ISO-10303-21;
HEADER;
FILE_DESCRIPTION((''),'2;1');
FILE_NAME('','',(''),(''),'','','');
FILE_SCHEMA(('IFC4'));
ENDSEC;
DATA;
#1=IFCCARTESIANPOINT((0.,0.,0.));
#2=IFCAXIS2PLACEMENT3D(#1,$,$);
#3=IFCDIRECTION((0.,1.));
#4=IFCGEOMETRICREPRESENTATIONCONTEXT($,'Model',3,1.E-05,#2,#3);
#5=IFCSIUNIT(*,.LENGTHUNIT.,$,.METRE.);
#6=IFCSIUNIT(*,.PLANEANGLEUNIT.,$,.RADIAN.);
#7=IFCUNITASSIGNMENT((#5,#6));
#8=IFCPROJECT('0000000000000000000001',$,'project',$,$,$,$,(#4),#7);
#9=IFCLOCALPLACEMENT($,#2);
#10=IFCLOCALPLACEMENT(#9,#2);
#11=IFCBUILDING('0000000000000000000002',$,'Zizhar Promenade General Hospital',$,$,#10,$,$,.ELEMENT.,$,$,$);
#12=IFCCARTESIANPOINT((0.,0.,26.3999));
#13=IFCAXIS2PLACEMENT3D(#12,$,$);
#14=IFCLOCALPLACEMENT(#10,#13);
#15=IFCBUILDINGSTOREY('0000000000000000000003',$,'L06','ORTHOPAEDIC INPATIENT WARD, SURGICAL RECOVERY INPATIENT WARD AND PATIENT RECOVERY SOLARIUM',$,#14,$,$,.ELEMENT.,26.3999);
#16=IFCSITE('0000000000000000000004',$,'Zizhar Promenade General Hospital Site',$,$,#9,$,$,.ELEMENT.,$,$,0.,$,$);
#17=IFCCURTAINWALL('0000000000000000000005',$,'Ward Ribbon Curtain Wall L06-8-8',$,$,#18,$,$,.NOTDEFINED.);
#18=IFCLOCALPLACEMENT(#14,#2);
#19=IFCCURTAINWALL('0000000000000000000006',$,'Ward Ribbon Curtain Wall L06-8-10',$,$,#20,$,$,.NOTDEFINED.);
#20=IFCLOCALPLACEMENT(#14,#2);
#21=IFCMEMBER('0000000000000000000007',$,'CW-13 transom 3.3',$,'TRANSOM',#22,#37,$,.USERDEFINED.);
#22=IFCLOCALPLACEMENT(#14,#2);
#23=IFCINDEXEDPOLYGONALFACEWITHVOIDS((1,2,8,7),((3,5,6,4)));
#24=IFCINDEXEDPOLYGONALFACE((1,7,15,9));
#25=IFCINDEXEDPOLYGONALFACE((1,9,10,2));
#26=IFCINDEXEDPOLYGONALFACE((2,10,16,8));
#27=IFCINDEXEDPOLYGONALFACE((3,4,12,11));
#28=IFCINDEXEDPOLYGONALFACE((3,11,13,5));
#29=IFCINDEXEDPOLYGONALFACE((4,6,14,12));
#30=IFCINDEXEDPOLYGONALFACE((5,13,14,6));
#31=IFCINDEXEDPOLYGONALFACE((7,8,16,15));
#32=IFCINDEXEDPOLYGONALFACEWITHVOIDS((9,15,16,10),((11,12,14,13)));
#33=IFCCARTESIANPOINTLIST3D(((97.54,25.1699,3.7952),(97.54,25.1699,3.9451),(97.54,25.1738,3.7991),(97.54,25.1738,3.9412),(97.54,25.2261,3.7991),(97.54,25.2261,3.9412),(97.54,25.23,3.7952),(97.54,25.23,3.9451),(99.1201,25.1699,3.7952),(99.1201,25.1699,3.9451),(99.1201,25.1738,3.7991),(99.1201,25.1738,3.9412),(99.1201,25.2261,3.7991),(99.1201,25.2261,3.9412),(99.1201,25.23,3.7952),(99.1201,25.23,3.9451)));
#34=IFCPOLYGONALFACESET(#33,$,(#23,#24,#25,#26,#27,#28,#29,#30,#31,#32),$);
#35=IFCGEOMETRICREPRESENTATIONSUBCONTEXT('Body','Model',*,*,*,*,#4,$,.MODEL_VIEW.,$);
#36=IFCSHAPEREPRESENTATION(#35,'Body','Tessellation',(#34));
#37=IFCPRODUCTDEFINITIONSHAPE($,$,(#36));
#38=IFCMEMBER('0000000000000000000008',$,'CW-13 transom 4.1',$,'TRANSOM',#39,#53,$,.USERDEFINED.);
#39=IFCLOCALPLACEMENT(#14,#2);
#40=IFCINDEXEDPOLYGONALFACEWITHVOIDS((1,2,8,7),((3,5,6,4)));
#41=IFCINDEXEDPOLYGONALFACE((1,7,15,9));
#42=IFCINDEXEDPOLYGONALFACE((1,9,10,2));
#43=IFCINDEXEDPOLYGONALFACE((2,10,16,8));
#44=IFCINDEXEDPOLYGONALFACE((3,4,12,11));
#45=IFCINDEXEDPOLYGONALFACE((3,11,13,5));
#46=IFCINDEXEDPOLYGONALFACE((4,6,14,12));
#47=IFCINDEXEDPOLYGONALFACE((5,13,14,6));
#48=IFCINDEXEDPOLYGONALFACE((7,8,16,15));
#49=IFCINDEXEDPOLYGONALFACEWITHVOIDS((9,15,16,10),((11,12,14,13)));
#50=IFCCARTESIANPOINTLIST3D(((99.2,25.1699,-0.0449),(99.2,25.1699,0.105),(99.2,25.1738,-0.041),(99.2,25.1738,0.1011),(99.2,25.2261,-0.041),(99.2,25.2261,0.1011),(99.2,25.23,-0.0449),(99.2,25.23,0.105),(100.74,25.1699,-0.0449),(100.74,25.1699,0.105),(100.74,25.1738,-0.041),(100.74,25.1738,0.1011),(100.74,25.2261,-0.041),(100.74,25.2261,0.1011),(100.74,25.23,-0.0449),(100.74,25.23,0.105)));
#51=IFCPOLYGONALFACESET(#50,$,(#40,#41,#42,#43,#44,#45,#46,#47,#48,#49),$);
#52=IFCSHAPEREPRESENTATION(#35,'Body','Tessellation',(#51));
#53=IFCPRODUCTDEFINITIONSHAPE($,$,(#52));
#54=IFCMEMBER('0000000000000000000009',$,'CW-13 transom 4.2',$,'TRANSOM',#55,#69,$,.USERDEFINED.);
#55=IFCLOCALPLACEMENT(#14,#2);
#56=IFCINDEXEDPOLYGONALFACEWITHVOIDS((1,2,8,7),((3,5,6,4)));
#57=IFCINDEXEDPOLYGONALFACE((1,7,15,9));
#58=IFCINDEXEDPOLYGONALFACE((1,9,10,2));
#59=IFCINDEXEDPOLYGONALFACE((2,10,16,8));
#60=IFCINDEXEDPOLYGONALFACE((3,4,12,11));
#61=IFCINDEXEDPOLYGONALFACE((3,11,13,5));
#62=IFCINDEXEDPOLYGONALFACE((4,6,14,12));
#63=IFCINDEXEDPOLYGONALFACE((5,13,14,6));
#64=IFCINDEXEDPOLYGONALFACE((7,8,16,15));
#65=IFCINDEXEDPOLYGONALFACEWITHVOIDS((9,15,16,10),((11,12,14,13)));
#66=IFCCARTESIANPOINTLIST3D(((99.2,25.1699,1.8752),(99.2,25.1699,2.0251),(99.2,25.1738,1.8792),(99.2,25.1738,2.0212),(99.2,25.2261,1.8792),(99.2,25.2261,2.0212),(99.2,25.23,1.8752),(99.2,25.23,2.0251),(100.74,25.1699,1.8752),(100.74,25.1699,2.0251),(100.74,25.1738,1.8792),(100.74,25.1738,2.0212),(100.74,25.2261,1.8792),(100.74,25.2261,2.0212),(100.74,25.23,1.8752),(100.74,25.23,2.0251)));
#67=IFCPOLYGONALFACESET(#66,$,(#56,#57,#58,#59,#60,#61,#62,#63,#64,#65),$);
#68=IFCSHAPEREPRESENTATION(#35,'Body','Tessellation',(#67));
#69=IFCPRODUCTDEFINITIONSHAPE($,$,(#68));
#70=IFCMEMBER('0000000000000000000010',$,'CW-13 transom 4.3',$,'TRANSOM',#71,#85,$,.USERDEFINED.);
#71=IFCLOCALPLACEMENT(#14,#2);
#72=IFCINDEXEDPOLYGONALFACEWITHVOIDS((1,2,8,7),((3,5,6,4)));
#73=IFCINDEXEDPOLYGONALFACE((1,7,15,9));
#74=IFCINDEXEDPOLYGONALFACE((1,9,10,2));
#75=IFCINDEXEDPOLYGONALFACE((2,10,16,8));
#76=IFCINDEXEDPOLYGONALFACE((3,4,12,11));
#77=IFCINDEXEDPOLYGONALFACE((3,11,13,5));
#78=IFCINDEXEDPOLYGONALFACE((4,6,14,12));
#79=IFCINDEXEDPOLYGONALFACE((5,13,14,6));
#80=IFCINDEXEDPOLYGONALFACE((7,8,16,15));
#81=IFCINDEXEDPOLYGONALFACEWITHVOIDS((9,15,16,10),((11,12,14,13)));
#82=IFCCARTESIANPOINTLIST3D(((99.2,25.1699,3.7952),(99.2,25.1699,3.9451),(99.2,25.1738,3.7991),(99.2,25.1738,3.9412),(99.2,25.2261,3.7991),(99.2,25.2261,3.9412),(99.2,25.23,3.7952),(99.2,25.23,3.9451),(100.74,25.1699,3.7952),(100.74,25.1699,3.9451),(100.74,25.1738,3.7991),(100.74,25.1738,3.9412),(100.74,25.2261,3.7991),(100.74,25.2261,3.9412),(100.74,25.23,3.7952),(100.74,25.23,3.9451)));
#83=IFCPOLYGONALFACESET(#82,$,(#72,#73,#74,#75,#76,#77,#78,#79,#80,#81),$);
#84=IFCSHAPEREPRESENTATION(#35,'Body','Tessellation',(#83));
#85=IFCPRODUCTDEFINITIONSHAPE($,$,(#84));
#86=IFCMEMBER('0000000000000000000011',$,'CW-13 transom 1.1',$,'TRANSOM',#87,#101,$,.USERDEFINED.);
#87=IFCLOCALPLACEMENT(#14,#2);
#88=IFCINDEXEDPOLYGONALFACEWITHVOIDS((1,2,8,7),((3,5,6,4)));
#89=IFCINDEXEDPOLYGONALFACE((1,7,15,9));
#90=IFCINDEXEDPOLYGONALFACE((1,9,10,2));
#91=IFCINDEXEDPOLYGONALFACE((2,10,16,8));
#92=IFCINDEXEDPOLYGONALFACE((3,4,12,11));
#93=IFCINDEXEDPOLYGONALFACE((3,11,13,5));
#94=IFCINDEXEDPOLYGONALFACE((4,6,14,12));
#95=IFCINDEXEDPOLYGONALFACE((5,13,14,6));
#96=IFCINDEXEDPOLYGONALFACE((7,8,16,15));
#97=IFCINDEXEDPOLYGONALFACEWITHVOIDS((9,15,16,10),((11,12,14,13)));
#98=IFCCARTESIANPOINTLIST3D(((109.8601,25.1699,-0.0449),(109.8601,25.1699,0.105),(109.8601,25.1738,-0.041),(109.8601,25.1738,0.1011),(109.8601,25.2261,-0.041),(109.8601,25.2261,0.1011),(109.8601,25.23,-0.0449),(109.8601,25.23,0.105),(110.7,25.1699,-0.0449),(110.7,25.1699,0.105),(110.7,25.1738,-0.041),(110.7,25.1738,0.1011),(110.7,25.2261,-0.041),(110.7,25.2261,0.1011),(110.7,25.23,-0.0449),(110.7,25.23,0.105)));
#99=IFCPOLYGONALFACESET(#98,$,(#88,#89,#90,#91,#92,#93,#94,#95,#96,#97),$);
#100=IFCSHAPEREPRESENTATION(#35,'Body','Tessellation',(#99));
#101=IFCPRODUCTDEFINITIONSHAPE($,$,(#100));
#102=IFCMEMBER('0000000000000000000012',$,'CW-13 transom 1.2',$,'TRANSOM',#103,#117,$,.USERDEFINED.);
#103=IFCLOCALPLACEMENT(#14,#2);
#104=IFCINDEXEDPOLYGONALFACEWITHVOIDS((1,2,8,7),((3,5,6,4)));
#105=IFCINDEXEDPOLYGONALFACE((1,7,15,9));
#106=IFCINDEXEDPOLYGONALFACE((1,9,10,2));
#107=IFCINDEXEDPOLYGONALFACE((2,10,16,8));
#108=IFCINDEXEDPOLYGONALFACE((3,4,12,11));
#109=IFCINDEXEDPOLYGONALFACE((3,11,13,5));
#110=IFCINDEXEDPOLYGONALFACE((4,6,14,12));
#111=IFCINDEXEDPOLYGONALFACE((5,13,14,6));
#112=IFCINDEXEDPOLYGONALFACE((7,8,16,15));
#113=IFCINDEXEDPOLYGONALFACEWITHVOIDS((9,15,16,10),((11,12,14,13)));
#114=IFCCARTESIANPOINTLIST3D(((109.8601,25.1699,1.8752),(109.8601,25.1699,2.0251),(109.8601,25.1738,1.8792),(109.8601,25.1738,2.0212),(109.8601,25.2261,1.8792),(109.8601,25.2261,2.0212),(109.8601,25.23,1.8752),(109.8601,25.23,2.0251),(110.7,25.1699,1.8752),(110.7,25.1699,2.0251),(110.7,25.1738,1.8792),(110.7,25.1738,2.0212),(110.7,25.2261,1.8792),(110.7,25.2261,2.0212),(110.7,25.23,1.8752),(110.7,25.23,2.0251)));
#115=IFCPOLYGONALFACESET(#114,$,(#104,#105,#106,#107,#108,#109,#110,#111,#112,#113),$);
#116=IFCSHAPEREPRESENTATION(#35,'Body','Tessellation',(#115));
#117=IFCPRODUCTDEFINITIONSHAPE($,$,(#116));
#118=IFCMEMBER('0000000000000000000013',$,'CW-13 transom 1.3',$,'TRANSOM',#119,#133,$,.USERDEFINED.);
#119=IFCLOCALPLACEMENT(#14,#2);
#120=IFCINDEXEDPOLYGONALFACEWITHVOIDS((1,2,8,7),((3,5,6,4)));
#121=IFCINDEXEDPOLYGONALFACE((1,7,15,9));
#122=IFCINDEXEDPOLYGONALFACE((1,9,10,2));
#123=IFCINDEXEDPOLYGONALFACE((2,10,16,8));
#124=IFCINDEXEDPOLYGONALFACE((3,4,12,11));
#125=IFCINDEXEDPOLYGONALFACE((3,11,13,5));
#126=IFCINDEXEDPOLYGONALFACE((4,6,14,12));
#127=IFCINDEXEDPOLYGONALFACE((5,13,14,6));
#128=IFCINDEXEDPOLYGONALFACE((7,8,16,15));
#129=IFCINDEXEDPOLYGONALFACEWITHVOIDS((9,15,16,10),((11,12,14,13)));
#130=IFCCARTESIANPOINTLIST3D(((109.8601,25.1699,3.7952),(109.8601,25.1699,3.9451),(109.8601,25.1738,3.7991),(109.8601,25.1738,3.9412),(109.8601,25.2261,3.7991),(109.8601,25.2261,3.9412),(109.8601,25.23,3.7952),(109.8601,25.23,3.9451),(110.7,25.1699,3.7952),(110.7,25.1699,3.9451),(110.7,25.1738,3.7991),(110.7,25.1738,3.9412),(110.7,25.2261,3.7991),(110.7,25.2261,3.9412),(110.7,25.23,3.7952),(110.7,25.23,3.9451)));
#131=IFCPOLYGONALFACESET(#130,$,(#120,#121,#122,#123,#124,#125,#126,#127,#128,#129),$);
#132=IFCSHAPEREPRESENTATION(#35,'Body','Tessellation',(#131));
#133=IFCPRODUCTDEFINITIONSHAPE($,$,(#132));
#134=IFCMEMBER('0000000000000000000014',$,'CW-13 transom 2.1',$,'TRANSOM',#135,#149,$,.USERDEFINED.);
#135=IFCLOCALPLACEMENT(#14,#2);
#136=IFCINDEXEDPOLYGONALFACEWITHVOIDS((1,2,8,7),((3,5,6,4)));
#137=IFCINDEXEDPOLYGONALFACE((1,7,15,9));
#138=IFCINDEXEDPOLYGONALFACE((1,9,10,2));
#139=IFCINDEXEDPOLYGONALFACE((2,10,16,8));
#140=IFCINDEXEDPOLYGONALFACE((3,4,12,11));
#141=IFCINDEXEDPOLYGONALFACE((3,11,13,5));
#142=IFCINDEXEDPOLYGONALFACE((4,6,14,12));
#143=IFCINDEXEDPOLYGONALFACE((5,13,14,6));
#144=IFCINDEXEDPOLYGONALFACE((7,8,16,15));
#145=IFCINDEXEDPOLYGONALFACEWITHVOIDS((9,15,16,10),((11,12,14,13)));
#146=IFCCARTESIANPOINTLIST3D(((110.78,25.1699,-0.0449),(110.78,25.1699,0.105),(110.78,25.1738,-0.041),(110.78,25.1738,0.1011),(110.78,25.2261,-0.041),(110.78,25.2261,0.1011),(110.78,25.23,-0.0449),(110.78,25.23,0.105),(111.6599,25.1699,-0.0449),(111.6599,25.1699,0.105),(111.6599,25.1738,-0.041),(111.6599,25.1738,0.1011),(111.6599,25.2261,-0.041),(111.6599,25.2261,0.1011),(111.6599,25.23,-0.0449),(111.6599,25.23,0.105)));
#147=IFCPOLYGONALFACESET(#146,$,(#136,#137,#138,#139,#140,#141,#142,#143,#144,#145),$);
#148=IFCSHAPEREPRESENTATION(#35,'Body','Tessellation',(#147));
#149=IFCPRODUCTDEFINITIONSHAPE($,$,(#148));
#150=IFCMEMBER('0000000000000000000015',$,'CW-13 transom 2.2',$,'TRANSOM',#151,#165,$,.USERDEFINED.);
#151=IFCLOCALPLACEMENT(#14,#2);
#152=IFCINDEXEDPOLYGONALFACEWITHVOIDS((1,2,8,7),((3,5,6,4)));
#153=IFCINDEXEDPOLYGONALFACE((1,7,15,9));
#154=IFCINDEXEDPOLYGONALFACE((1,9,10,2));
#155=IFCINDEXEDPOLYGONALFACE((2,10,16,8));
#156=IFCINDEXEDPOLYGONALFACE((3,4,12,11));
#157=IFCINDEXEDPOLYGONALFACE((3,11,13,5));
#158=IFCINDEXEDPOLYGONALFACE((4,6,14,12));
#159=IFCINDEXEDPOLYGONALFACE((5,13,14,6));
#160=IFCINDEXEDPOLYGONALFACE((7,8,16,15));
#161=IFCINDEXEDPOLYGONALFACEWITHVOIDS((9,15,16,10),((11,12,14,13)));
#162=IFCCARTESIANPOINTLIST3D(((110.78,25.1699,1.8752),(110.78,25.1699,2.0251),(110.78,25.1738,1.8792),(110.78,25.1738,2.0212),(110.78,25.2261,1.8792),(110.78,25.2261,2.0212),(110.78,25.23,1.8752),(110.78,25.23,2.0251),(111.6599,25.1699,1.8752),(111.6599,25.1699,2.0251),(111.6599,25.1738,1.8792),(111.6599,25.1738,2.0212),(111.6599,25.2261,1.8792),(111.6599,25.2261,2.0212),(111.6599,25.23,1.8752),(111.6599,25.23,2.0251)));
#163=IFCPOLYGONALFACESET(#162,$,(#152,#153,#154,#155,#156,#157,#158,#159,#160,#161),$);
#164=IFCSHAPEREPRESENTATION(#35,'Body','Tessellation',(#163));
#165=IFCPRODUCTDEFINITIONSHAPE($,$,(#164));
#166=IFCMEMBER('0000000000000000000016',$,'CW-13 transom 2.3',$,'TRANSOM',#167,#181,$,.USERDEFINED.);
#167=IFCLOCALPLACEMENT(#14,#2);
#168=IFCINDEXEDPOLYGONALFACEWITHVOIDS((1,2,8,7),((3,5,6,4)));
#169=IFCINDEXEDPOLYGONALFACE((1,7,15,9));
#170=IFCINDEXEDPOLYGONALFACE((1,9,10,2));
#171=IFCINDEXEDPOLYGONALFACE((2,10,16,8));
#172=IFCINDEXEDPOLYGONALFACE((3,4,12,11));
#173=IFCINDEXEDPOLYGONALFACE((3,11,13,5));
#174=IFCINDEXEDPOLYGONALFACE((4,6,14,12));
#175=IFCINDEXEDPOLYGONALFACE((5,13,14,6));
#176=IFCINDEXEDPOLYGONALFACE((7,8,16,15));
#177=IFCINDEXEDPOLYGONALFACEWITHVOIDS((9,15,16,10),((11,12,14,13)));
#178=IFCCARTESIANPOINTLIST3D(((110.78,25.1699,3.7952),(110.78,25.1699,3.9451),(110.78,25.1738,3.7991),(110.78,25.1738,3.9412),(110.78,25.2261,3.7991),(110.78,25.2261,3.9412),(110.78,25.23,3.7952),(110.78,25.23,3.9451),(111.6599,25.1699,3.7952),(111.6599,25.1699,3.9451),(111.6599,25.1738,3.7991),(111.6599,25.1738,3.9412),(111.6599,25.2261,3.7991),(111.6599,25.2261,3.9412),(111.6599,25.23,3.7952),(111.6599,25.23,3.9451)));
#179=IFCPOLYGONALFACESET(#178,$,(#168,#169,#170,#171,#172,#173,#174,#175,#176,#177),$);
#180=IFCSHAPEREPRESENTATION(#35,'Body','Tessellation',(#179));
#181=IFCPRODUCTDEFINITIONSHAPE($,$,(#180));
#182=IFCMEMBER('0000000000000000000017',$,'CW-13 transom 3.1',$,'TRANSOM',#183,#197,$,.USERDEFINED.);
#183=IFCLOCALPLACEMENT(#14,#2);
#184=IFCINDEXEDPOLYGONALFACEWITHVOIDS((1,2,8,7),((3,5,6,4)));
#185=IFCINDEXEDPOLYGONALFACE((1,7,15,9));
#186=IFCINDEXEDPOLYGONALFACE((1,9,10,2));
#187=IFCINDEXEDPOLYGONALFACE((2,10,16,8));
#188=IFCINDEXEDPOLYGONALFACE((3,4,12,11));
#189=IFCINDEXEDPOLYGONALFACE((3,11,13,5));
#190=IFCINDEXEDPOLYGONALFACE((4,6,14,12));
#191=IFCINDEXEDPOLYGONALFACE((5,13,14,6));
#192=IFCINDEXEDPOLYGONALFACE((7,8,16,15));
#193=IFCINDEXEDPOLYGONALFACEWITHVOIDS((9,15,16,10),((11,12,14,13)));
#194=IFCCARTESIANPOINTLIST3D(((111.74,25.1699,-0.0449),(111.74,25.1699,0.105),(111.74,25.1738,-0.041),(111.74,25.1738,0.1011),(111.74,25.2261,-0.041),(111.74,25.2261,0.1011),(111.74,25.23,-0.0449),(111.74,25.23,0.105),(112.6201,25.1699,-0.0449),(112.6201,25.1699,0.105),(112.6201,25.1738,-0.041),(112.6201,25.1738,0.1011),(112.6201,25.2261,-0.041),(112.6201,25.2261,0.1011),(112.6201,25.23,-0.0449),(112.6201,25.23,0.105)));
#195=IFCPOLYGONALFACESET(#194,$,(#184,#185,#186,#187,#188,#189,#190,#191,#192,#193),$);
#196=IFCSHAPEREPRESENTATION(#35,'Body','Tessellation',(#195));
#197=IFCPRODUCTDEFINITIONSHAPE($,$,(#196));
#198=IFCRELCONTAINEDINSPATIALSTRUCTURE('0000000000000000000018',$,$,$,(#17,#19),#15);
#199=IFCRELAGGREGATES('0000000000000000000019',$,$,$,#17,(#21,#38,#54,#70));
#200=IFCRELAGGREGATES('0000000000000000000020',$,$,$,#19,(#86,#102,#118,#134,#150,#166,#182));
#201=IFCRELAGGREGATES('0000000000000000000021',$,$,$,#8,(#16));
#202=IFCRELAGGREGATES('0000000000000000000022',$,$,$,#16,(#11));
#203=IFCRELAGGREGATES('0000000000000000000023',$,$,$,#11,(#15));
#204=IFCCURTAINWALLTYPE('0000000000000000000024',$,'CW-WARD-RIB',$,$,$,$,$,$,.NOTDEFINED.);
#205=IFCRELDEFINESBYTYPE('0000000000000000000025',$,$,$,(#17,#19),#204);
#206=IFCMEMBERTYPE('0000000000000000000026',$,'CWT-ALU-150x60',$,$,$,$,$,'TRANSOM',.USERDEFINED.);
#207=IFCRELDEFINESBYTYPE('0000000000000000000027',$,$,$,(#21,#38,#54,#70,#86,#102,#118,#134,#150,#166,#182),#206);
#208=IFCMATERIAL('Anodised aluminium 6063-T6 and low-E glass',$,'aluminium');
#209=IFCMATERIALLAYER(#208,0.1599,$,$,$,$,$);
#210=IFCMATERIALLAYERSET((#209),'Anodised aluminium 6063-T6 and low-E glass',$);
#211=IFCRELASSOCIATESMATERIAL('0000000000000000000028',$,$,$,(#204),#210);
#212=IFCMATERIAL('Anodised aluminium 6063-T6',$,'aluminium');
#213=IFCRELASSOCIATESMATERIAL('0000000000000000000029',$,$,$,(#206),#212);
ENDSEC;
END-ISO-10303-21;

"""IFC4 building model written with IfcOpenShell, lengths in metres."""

from ifc_helpers import new_model, si_unit, direction, frame, origin, origin_2d, place, context, subcontext, project, spatial, hollow_rectangle, extrude, material, layer, layer_set, material_profile, profile_set, type_object, element, aggregate, save


model = new_model("IFC4")

# Units and contexts
model_context = context("Model", 3, precision=1e-05, world=origin(), true_north=direction((0.0, 1.0)))
body_context = subcontext(model_context, "Body", "Model", "MODEL_VIEW")
ifc_project = project(units=[si_unit("LENGTHUNIT", "METRE"), si_unit("PLANEANGLEUNIT", "RADIAN")], contexts=[model_context])

# Site, building, storey
site_placement = place(None, origin())
site = spatial("IfcSite", under=ifc_project, at=site_placement, Name="Zizhar Promenade General Hospital Site", CompositionType="ELEMENT", RefElevation=0.0)
building_placement = place(site_placement, origin())
building = spatial("IfcBuilding", under=site, at=building_placement, Name="Zizhar Promenade General Hospital", CompositionType="ELEMENT")
storey_placement = place(building_placement, frame((0.0, 0.0, 26.3999)))
storey = spatial("IfcBuildingStorey", under=building, at=storey_placement, Name="L06", Description="ORTHOPAEDIC INPATIENT WARD, SURGICAL RECOVERY INPATIENT WARD AND PATIENT RECOVERY SOLARIUM", CompositionType="ELEMENT", Elevation=26.3999)

# Curtain walls
ifc_material_1 = material(Name="Anodised aluminium 6063-T6 and low-E glass", Category="aluminium")
ifc_layer_1 = layer(ifc_material_1, 0.1599)
ifc_layer_set_1 = layer_set([ifc_layer_1], Name="Anodised aluminium 6063-T6 and low-E glass")
curtain_wall_type = type_object("IfcCurtainWallType", Name="CW-WARD-RIB", PredefinedType="NOTDEFINED", material=ifc_layer_set_1)
curtain_wall_1_placement = place(storey_placement, origin())
curtain_wall_1 = element("IfcCurtainWall", 1, at=curtain_wall_1_placement, inside=storey, type_object=curtain_wall_type, Name="Ward Ribbon Curtain Wall L06-8-8", PredefinedType="NOTDEFINED")
curtain_wall_2_placement = place(storey_placement, origin())
curtain_wall_2 = element("IfcCurtainWall", 2, at=curtain_wall_2_placement, inside=storey, type_object=curtain_wall_type, Name="Ward Ribbon Curtain Wall L06-8-10", PredefinedType="NOTDEFINED")

# Members
ifc_material_2 = material(Name="Anodised aluminium 6063-T6", Category="aluminium")
ifc_material_profile_1 = material_profile(ifc_material_2, hollow_rectangle(XDim=0.0601, YDim=0.1499, WallThickness=0.0039, at=origin_2d()))
ifc_profile_set_1 = profile_set([ifc_material_profile_1], Name="Anodised aluminium 6063-T6")
member_type_1 = type_object("IfcMemberType", Name="CWT-ALU-150x60", ElementType="TRANSOM", PredefinedType="USERDEFINED", material=ifc_profile_set_1)
member_1_placement = place(storey_placement, frame((97.54, 25.2, 3.8701), z_axis=(1.0, 0.0, 0.0), x_axis=(0.0, 1.0, 0.0)))
member_1 = element("IfcMember", 3, at=member_1_placement, type_object=member_type_1, Name="CW-13 transom 3.3", ObjectType="TRANSOM", PredefinedType="USERDEFINED", context=body_context, shape_type="SweptSolid", body=[
    extrude(hollow_rectangle(XDim=0.0601, YDim=0.1499, WallThickness=0.0039, at=origin_2d()), origin(), (0.0, 0.0, 1.0), 1.5801),
])
member_2_placement = place(storey_placement, frame((99.2, 25.2, 0.03), z_axis=(1.0, 0.0, 0.0), x_axis=(0.0, 1.0, 0.0)))
member_2 = element("IfcMember", 4, at=member_2_placement, type_object=member_type_1, Name="CW-13 transom 4.1", ObjectType="TRANSOM", PredefinedType="USERDEFINED", context=body_context, shape_type="SweptSolid", body=[
    extrude(hollow_rectangle(XDim=0.0601, YDim=0.1499, WallThickness=0.0039, at=origin_2d()), origin(), (0.0, 0.0, 1.0), 1.54),
])
member_3_placement = place(storey_placement, frame((99.2, 25.2, 1.9502), z_axis=(1.0, 0.0, 0.0), x_axis=(0.0, 1.0, 0.0)))
member_3 = element("IfcMember", 5, at=member_3_placement, type_object=member_type_1, Name="CW-13 transom 4.2", ObjectType="TRANSOM", PredefinedType="USERDEFINED", context=body_context, shape_type="SweptSolid", body=[
    extrude(hollow_rectangle(XDim=0.0601, YDim=0.1499, WallThickness=0.0039, at=origin_2d()), origin(), (0.0, 0.0, 1.0), 1.54),
])
member_4_placement = place(storey_placement, frame((99.2, 25.2, 3.8701), z_axis=(1.0, 0.0, 0.0), x_axis=(0.0, 1.0, 0.0)))
member_4 = element("IfcMember", 6, at=member_4_placement, type_object=member_type_1, Name="CW-13 transom 4.3", ObjectType="TRANSOM", PredefinedType="USERDEFINED", context=body_context, shape_type="SweptSolid", body=[
    extrude(hollow_rectangle(XDim=0.0601, YDim=0.1499, WallThickness=0.0039, at=origin_2d()), origin(), (0.0, 0.0, 1.0), 1.54),
])
member_5_placement = place(storey_placement, frame((109.8601, 25.2, 0.03), z_axis=(1.0, 0.0, 0.0), x_axis=(0.0, 1.0, 0.0)))
member_5 = element("IfcMember", 7, at=member_5_placement, type_object=member_type_1, Name="CW-13 transom 1.1", ObjectType="TRANSOM", PredefinedType="USERDEFINED", context=body_context, shape_type="SweptSolid", body=[
    extrude(hollow_rectangle(XDim=0.0601, YDim=0.1499, WallThickness=0.0039, at=origin_2d()), origin(), (0.0, 0.0, 1.0), 0.8398),
])
member_6_placement = place(storey_placement, frame((109.8601, 25.2, 1.9502), z_axis=(1.0, 0.0, 0.0), x_axis=(0.0, 1.0, 0.0)))
member_6 = element("IfcMember", 8, at=member_6_placement, type_object=member_type_1, Name="CW-13 transom 1.2", ObjectType="TRANSOM", PredefinedType="USERDEFINED", context=body_context, shape_type="SweptSolid", body=[
    extrude(hollow_rectangle(XDim=0.0601, YDim=0.1499, WallThickness=0.0039, at=origin_2d()), origin(), (0.0, 0.0, 1.0), 0.8398),
])
member_7_placement = place(storey_placement, frame((109.8601, 25.2, 3.8701), z_axis=(1.0, 0.0, 0.0), x_axis=(0.0, 1.0, 0.0)))
member_7 = element("IfcMember", 9, at=member_7_placement, type_object=member_type_1, Name="CW-13 transom 1.3", ObjectType="TRANSOM", PredefinedType="USERDEFINED", context=body_context, shape_type="SweptSolid", body=[
    extrude(hollow_rectangle(XDim=0.0601, YDim=0.1499, WallThickness=0.0039, at=origin_2d()), origin(), (0.0, 0.0, 1.0), 0.8398),
])
member_8_placement = place(storey_placement, frame((110.78, 25.2, 0.03), z_axis=(1.0, 0.0, 0.0), x_axis=(0.0, 1.0, 0.0)))
member_8 = element("IfcMember", 10, at=member_8_placement, type_object=member_type_1, Name="CW-13 transom 2.1", ObjectType="TRANSOM", PredefinedType="USERDEFINED", context=body_context, shape_type="SweptSolid", body=[
    extrude(hollow_rectangle(XDim=0.0601, YDim=0.1499, WallThickness=0.0039, at=origin_2d()), origin(), (0.0, 0.0, 1.0), 0.8799),
])
member_9_placement = place(storey_placement, frame((110.78, 25.2, 1.9502), z_axis=(1.0, 0.0, 0.0), x_axis=(0.0, 1.0, 0.0)))
member_9 = element("IfcMember", 11, at=member_9_placement, type_object=member_type_1, Name="CW-13 transom 2.2", ObjectType="TRANSOM", PredefinedType="USERDEFINED", context=body_context, shape_type="SweptSolid", body=[
    extrude(hollow_rectangle(XDim=0.0601, YDim=0.1499, WallThickness=0.0039, at=origin_2d()), origin(), (0.0, 0.0, 1.0), 0.8799),
])
member_10_placement = place(storey_placement, frame((110.78, 25.2, 3.8701), z_axis=(1.0, 0.0, 0.0), x_axis=(0.0, 1.0, 0.0)))
member_10 = element("IfcMember", 12, at=member_10_placement, type_object=member_type_1, Name="CW-13 transom 2.3", ObjectType="TRANSOM", PredefinedType="USERDEFINED", context=body_context, shape_type="SweptSolid", body=[
    extrude(hollow_rectangle(XDim=0.0601, YDim=0.1499, WallThickness=0.0039, at=origin_2d()), origin(), (0.0, 0.0, 1.0), 0.8799),
])
member_11_placement = place(storey_placement, frame((111.74, 25.2, 0.03), z_axis=(1.0, 0.0, 0.0), x_axis=(0.0, 1.0, 0.0)))
member_11 = element("IfcMember", 13, at=member_11_placement, type_object=member_type_1, Name="CW-13 transom 3.1", ObjectType="TRANSOM", PredefinedType="USERDEFINED", context=body_context, shape_type="SweptSolid", body=[
    extrude(hollow_rectangle(XDim=0.0601, YDim=0.1499, WallThickness=0.0039, at=origin_2d()), origin(), (0.0, 0.0, 1.0), 0.8801),
])

aggregate(curtain_wall_1, [member_1, member_2, member_3, member_4])
aggregate(curtain_wall_2, [member_5, member_6, member_7, member_8, member_9, member_10, member_11])

save(model, "model.ifc")
